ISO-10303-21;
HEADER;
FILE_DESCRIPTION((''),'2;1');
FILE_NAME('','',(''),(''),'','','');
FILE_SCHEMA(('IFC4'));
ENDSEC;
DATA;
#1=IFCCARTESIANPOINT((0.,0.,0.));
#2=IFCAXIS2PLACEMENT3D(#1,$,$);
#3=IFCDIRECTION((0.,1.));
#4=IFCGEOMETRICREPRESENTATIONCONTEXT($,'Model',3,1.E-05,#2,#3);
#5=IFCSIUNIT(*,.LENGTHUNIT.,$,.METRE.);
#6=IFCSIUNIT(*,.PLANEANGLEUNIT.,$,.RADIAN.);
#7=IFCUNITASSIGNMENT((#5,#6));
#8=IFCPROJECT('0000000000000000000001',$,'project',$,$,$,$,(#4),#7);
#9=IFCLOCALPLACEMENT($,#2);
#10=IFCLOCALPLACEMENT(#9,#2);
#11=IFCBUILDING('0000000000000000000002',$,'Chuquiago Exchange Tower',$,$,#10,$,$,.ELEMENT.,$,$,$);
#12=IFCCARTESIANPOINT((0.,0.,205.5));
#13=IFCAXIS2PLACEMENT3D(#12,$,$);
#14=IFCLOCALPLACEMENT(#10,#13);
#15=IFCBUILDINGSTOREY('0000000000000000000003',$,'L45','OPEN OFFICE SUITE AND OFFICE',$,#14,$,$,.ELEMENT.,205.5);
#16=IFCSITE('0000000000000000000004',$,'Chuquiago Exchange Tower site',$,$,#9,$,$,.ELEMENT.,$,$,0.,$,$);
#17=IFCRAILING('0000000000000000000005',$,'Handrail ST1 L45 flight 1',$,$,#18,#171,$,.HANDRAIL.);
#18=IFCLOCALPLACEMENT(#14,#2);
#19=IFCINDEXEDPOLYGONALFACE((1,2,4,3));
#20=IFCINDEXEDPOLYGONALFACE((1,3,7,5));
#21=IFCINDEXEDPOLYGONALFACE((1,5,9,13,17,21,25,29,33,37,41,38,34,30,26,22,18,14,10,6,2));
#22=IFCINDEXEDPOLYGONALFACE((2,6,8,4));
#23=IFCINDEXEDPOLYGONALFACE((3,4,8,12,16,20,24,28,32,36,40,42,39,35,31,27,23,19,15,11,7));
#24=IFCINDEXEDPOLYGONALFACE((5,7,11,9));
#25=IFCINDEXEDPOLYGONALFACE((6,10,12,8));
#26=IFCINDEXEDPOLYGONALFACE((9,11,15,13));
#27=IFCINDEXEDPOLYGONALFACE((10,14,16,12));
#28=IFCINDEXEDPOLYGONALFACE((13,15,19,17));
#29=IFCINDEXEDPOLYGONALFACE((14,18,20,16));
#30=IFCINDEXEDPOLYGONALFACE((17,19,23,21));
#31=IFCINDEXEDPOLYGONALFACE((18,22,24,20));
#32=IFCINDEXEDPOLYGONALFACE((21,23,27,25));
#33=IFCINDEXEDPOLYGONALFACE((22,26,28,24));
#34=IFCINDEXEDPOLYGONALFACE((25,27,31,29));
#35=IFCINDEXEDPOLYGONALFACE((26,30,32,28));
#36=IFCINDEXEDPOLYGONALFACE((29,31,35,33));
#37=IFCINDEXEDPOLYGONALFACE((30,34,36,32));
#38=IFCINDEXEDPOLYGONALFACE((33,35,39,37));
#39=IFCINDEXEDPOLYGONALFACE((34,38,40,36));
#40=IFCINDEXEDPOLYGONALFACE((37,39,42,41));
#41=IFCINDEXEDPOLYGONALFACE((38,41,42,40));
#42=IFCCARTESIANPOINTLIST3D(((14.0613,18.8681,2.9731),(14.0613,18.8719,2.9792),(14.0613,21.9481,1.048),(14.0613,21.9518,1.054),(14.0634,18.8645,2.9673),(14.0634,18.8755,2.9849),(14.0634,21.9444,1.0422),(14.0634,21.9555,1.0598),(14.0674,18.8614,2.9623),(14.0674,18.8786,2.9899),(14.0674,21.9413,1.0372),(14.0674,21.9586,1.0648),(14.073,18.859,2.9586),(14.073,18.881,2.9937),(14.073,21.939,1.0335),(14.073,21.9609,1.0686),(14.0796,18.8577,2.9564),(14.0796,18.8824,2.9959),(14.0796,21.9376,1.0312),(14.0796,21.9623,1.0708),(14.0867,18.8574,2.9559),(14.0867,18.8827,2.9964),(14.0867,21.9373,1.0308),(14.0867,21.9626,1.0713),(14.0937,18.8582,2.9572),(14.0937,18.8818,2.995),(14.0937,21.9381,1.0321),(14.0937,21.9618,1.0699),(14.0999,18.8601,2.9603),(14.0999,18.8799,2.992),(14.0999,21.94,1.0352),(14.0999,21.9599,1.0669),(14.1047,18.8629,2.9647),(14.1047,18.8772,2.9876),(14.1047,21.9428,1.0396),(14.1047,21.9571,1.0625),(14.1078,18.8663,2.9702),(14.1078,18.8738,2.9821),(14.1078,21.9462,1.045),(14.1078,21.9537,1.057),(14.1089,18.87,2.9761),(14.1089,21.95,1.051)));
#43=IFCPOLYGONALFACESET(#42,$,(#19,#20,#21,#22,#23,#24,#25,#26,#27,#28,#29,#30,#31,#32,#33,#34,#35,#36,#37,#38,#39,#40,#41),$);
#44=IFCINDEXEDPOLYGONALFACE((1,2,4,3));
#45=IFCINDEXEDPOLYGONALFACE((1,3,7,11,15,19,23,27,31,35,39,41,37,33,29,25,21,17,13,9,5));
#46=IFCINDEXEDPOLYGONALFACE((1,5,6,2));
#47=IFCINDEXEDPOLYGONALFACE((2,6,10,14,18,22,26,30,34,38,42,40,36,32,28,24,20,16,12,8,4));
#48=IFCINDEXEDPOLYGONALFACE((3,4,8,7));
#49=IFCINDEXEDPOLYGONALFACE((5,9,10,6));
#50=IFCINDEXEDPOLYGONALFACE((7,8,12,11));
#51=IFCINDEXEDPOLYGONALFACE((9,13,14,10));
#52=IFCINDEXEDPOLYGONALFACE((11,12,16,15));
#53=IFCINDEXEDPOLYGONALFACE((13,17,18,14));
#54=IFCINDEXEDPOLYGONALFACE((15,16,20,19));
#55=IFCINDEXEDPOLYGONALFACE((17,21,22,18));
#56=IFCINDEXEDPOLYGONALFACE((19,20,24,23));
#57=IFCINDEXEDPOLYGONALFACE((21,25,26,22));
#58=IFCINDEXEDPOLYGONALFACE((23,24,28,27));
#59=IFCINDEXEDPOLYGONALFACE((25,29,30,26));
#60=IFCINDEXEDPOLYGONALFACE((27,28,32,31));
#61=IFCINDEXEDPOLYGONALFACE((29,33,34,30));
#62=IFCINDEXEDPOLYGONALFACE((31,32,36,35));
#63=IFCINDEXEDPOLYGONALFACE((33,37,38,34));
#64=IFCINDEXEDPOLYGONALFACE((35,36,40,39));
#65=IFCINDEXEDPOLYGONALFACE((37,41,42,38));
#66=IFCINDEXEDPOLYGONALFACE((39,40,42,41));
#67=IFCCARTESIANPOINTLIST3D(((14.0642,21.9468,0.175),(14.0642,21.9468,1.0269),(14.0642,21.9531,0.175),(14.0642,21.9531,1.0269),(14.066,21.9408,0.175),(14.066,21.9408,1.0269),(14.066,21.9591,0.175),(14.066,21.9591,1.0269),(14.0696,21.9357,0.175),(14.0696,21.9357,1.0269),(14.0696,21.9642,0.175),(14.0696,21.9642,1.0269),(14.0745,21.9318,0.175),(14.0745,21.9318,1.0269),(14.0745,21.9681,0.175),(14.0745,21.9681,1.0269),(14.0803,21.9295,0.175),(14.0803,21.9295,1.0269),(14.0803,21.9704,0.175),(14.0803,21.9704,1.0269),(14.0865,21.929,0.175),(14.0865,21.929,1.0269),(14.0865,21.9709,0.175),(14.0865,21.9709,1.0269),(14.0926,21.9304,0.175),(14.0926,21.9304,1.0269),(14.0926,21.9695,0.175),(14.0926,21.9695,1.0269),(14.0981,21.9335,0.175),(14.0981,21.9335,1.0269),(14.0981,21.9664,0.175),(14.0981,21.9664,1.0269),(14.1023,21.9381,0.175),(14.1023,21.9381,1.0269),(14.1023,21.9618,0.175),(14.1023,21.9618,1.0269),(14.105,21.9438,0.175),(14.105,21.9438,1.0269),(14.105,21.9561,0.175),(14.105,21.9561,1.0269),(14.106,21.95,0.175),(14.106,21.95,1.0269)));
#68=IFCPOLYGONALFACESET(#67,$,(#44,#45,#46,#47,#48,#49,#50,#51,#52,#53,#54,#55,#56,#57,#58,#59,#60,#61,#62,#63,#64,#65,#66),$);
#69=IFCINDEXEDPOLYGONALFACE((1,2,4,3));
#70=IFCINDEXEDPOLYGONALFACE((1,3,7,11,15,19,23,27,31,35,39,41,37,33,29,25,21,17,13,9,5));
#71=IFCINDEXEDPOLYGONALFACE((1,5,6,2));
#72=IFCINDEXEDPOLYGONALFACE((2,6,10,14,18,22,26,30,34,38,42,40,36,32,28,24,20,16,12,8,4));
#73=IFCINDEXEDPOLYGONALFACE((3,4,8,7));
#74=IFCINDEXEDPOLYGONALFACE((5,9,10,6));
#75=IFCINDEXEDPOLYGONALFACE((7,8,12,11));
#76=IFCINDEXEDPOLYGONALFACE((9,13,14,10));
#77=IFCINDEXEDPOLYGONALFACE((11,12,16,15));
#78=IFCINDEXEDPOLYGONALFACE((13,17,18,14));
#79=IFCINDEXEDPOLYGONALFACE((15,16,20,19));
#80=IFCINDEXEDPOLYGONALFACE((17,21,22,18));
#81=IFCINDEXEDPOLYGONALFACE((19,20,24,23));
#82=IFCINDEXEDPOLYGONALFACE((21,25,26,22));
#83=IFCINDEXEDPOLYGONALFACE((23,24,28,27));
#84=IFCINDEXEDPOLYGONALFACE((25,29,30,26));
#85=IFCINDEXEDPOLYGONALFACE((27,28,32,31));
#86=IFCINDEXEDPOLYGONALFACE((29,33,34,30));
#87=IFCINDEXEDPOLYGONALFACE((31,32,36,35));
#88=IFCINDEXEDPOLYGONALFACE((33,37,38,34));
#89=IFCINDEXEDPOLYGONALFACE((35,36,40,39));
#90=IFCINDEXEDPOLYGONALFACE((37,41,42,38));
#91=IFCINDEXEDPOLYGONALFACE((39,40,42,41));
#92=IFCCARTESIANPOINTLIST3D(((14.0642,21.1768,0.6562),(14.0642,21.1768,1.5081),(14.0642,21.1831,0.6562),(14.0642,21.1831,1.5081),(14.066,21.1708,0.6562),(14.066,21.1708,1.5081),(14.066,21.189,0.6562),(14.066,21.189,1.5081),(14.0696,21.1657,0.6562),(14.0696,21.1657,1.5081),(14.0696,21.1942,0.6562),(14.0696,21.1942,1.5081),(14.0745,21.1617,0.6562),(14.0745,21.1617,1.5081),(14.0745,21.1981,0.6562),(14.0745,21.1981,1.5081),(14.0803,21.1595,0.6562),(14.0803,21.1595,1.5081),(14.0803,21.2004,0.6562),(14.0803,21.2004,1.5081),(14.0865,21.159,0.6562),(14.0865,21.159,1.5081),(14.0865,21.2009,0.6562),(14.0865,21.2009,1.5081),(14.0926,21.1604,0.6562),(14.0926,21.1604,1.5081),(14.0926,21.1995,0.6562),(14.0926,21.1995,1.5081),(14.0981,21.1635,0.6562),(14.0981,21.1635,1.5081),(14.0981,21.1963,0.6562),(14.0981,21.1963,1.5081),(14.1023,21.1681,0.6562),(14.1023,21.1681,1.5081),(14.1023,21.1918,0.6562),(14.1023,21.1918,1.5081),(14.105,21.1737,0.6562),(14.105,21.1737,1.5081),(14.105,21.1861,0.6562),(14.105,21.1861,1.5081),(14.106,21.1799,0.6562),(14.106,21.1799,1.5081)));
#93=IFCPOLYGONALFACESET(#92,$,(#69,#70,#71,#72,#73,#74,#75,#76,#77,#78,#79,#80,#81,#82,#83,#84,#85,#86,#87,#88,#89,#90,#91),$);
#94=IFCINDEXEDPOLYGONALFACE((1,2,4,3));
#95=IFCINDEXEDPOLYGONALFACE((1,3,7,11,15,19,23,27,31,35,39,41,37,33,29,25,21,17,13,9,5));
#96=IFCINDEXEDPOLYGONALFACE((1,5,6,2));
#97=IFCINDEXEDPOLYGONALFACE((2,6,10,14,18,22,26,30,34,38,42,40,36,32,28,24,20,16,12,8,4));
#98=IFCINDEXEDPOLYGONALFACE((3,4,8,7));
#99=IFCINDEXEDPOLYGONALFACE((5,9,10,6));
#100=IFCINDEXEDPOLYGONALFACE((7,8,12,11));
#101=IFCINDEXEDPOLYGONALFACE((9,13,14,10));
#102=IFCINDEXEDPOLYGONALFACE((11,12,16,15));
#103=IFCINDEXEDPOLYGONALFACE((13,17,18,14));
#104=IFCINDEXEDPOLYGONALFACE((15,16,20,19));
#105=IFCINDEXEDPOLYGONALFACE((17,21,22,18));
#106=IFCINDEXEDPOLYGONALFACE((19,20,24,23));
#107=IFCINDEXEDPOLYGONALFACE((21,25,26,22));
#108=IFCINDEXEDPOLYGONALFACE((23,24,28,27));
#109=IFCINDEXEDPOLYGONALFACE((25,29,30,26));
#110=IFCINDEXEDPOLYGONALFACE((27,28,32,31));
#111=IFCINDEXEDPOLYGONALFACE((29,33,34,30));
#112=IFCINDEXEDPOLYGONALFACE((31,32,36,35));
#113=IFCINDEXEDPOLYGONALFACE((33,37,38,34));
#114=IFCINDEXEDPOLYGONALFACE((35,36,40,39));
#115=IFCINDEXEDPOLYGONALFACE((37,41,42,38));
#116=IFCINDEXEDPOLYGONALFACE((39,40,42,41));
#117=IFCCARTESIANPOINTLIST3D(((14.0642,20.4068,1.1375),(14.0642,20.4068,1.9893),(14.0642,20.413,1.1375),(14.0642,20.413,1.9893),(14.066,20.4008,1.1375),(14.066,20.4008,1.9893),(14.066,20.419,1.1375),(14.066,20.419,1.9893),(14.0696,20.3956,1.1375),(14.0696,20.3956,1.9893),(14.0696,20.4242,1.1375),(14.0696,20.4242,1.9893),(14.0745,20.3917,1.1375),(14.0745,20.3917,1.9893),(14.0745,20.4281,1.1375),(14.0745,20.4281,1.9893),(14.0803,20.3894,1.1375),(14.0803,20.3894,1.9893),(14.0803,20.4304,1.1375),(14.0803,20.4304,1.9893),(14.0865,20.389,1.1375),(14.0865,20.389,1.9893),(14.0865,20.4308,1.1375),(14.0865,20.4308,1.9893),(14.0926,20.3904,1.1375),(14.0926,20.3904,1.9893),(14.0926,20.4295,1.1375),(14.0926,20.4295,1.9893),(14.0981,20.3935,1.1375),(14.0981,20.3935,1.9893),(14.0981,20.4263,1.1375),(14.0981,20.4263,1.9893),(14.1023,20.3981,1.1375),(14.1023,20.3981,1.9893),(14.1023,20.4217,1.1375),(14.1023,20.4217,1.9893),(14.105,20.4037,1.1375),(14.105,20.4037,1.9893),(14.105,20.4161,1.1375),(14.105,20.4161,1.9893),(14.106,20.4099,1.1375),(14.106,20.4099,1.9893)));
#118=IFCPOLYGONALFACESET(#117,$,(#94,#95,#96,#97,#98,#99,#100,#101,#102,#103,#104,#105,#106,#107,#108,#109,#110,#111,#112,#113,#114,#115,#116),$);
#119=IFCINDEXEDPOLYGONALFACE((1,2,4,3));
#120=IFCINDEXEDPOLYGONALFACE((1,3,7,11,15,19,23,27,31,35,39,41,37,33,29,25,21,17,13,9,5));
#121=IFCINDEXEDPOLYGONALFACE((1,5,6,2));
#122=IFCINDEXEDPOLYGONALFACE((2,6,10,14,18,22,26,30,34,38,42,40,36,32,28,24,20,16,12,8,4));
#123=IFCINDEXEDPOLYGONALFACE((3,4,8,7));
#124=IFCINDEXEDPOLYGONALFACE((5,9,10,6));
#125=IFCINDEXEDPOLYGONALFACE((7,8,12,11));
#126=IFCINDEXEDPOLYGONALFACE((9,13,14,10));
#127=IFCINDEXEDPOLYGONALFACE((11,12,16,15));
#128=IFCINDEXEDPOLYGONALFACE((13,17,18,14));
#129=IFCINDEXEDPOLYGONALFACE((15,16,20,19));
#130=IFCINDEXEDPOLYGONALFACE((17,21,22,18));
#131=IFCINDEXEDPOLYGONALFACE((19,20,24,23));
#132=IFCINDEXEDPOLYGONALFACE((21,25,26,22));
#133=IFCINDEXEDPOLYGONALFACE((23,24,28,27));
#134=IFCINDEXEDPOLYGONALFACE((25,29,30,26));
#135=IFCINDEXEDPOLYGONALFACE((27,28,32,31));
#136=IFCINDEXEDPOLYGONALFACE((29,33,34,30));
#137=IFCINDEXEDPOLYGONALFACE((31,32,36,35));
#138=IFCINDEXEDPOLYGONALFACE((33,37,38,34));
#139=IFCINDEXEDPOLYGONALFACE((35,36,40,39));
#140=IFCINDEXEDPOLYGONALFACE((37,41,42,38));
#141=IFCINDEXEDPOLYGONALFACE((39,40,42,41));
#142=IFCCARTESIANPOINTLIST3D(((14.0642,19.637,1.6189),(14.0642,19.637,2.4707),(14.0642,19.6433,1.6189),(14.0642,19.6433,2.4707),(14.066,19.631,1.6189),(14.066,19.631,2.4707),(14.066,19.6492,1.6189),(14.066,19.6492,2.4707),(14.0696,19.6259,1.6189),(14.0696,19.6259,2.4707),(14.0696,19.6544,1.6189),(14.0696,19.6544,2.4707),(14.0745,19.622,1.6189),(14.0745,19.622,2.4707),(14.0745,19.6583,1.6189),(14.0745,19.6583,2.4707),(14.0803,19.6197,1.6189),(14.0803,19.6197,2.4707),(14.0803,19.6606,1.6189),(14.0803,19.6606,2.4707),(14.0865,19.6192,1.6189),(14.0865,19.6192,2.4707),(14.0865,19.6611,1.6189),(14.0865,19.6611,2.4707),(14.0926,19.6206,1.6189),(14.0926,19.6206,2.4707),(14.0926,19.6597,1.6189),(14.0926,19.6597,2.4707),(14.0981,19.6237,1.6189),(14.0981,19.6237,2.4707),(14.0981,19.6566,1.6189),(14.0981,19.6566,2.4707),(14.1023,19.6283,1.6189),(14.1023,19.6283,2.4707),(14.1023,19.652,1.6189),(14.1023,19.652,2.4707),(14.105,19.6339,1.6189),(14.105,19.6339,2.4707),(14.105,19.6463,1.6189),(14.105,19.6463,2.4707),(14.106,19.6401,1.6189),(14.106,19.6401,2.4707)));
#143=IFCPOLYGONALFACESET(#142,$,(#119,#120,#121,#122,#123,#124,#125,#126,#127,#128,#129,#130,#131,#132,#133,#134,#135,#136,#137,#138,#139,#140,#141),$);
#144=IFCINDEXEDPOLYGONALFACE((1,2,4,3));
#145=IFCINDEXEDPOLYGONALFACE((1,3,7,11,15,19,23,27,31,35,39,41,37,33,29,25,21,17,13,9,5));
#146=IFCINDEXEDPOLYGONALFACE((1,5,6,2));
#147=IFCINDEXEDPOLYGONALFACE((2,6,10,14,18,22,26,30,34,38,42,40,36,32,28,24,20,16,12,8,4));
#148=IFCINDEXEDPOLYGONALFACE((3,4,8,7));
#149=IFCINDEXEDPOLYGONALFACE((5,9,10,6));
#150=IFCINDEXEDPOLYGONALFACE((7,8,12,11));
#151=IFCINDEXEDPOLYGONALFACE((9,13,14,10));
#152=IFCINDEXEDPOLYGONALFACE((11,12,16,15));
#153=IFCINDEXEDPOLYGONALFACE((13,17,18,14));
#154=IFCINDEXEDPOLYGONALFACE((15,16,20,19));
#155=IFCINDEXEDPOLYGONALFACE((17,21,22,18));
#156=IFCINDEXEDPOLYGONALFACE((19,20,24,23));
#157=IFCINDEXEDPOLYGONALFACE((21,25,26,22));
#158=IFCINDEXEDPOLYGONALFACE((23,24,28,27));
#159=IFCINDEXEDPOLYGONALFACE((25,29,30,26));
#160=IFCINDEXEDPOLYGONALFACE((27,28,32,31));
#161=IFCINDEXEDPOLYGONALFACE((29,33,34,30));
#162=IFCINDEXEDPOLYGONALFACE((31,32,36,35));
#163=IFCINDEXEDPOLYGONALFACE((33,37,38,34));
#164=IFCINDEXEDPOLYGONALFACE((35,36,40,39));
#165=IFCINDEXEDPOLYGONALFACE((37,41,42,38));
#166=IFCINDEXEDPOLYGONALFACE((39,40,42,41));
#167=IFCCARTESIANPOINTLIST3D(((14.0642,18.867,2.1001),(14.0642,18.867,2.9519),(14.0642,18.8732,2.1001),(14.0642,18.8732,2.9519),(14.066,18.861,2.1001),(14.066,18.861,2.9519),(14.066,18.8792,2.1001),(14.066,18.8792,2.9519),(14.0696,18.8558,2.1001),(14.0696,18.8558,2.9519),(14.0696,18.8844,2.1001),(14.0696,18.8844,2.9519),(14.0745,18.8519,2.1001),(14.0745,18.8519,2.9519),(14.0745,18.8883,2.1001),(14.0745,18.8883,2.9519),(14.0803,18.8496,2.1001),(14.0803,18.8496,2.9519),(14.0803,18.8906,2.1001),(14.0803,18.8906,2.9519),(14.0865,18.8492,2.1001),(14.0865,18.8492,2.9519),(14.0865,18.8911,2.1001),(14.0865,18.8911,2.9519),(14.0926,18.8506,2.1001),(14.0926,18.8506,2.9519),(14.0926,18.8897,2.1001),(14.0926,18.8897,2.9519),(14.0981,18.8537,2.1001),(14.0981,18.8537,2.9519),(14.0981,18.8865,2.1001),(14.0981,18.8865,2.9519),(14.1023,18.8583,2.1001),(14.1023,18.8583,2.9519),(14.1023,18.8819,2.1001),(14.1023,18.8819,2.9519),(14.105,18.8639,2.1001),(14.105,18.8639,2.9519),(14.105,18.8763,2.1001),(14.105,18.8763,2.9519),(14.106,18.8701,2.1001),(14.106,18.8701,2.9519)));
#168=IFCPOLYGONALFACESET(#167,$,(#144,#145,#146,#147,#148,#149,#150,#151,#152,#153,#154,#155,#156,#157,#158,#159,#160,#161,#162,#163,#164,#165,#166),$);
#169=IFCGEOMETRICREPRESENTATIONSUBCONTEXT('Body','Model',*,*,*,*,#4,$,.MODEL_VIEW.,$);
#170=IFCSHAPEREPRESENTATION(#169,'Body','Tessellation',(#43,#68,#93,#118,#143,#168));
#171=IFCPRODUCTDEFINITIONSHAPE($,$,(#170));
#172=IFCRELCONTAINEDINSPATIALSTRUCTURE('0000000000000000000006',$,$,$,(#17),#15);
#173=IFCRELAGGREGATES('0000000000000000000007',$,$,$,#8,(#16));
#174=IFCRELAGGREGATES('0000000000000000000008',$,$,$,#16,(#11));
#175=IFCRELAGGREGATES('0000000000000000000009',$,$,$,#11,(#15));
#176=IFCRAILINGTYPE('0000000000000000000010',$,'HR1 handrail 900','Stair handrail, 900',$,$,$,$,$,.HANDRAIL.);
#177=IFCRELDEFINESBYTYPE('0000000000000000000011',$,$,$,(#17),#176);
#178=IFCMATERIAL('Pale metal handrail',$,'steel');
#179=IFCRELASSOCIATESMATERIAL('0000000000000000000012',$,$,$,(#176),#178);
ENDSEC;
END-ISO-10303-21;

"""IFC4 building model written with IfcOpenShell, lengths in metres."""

from ifc_helpers import new_model, si_unit, direction, frame, origin, origin_2d, place, context, subcontext, project, spatial, circle, extrude, material, type_object, element, save


model = new_model("IFC4")

# Units and contexts
model_context = context("Model", 3, precision=1e-05, world=origin(), true_north=direction((0.0, 1.0)))
body_context = subcontext(model_context, "Body", "Model", "MODEL_VIEW")
ifc_project = project(units=[si_unit("LENGTHUNIT", "METRE"), si_unit("PLANEANGLEUNIT", "RADIAN")], contexts=[model_context])

# Site, building, storey
site_placement = place(None, origin())
site = spatial("IfcSite", under=ifc_project, at=site_placement, Name="Chuquiago Exchange Tower site", CompositionType="ELEMENT", RefElevation=0.0)
building_placement = place(site_placement, origin())
building = spatial("IfcBuilding", under=site, at=building_placement, Name="Chuquiago Exchange Tower", CompositionType="ELEMENT")
storey_placement = place(building_placement, frame((0.0, 0.0, 205.5)))
storey = spatial("IfcBuildingStorey", under=building, at=storey_placement, Name="L45", Description="OPEN OFFICE SUITE AND OFFICE", CompositionType="ELEMENT", Elevation=205.5)

# Railing
ifc_material_1 = material(Name="Pale metal handrail", Category="steel")
railing_type_1 = type_object("IfcRailingType", Name="HR1 handrail 900", Description="Stair handrail, 900", PredefinedType="HANDRAIL", material=ifc_material_1)
for number, where, name in (
    (1, (14.085, 21.95, 0.175), "Handrail ST1 L45 flight 1"),
):
    element("IfcRailing", number, at=place(storey_placement, frame(where)), inside=storey, type_object=railing_type_1, Name=name, PredefinedType="HANDRAIL", context=body_context, shape_type="SweptSolid", body=[
        extrude(circle(Radius=0.0239, at=origin_2d()), frame((0.0, 0.0, 0.876), z_axis=(0.0, -0.847979, 0.530029), x_axis=(1.0, 0.0, 0.0)), (0.0, 0.0, 1.0), 3.6321),
        extrude(circle(Radius=0.021, at=origin_2d()), origin(), (0.0, 0.0, 1.0), 0.8518),
        extrude(circle(Radius=0.021, at=origin_2d()), frame((0.0, -0.77, 0.4812)), (0.0, 0.0, 1.0), 0.8518),
        extrude(circle(Radius=0.021, at=origin_2d()), frame((0.0, -1.54, 0.9624)), (0.0, 0.0, 1.0), 0.8518),
        extrude(circle(Radius=0.021, at=origin_2d()), frame((0.0, -2.3098, 1.4438)), (0.0, 0.0, 1.0), 0.8518),
        extrude(circle(Radius=0.021, at=origin_2d()), frame((0.0, -3.0798, 1.925)), (0.0, 0.0, 1.0), 0.8518),
    ])

save(model, "model.ifc")
